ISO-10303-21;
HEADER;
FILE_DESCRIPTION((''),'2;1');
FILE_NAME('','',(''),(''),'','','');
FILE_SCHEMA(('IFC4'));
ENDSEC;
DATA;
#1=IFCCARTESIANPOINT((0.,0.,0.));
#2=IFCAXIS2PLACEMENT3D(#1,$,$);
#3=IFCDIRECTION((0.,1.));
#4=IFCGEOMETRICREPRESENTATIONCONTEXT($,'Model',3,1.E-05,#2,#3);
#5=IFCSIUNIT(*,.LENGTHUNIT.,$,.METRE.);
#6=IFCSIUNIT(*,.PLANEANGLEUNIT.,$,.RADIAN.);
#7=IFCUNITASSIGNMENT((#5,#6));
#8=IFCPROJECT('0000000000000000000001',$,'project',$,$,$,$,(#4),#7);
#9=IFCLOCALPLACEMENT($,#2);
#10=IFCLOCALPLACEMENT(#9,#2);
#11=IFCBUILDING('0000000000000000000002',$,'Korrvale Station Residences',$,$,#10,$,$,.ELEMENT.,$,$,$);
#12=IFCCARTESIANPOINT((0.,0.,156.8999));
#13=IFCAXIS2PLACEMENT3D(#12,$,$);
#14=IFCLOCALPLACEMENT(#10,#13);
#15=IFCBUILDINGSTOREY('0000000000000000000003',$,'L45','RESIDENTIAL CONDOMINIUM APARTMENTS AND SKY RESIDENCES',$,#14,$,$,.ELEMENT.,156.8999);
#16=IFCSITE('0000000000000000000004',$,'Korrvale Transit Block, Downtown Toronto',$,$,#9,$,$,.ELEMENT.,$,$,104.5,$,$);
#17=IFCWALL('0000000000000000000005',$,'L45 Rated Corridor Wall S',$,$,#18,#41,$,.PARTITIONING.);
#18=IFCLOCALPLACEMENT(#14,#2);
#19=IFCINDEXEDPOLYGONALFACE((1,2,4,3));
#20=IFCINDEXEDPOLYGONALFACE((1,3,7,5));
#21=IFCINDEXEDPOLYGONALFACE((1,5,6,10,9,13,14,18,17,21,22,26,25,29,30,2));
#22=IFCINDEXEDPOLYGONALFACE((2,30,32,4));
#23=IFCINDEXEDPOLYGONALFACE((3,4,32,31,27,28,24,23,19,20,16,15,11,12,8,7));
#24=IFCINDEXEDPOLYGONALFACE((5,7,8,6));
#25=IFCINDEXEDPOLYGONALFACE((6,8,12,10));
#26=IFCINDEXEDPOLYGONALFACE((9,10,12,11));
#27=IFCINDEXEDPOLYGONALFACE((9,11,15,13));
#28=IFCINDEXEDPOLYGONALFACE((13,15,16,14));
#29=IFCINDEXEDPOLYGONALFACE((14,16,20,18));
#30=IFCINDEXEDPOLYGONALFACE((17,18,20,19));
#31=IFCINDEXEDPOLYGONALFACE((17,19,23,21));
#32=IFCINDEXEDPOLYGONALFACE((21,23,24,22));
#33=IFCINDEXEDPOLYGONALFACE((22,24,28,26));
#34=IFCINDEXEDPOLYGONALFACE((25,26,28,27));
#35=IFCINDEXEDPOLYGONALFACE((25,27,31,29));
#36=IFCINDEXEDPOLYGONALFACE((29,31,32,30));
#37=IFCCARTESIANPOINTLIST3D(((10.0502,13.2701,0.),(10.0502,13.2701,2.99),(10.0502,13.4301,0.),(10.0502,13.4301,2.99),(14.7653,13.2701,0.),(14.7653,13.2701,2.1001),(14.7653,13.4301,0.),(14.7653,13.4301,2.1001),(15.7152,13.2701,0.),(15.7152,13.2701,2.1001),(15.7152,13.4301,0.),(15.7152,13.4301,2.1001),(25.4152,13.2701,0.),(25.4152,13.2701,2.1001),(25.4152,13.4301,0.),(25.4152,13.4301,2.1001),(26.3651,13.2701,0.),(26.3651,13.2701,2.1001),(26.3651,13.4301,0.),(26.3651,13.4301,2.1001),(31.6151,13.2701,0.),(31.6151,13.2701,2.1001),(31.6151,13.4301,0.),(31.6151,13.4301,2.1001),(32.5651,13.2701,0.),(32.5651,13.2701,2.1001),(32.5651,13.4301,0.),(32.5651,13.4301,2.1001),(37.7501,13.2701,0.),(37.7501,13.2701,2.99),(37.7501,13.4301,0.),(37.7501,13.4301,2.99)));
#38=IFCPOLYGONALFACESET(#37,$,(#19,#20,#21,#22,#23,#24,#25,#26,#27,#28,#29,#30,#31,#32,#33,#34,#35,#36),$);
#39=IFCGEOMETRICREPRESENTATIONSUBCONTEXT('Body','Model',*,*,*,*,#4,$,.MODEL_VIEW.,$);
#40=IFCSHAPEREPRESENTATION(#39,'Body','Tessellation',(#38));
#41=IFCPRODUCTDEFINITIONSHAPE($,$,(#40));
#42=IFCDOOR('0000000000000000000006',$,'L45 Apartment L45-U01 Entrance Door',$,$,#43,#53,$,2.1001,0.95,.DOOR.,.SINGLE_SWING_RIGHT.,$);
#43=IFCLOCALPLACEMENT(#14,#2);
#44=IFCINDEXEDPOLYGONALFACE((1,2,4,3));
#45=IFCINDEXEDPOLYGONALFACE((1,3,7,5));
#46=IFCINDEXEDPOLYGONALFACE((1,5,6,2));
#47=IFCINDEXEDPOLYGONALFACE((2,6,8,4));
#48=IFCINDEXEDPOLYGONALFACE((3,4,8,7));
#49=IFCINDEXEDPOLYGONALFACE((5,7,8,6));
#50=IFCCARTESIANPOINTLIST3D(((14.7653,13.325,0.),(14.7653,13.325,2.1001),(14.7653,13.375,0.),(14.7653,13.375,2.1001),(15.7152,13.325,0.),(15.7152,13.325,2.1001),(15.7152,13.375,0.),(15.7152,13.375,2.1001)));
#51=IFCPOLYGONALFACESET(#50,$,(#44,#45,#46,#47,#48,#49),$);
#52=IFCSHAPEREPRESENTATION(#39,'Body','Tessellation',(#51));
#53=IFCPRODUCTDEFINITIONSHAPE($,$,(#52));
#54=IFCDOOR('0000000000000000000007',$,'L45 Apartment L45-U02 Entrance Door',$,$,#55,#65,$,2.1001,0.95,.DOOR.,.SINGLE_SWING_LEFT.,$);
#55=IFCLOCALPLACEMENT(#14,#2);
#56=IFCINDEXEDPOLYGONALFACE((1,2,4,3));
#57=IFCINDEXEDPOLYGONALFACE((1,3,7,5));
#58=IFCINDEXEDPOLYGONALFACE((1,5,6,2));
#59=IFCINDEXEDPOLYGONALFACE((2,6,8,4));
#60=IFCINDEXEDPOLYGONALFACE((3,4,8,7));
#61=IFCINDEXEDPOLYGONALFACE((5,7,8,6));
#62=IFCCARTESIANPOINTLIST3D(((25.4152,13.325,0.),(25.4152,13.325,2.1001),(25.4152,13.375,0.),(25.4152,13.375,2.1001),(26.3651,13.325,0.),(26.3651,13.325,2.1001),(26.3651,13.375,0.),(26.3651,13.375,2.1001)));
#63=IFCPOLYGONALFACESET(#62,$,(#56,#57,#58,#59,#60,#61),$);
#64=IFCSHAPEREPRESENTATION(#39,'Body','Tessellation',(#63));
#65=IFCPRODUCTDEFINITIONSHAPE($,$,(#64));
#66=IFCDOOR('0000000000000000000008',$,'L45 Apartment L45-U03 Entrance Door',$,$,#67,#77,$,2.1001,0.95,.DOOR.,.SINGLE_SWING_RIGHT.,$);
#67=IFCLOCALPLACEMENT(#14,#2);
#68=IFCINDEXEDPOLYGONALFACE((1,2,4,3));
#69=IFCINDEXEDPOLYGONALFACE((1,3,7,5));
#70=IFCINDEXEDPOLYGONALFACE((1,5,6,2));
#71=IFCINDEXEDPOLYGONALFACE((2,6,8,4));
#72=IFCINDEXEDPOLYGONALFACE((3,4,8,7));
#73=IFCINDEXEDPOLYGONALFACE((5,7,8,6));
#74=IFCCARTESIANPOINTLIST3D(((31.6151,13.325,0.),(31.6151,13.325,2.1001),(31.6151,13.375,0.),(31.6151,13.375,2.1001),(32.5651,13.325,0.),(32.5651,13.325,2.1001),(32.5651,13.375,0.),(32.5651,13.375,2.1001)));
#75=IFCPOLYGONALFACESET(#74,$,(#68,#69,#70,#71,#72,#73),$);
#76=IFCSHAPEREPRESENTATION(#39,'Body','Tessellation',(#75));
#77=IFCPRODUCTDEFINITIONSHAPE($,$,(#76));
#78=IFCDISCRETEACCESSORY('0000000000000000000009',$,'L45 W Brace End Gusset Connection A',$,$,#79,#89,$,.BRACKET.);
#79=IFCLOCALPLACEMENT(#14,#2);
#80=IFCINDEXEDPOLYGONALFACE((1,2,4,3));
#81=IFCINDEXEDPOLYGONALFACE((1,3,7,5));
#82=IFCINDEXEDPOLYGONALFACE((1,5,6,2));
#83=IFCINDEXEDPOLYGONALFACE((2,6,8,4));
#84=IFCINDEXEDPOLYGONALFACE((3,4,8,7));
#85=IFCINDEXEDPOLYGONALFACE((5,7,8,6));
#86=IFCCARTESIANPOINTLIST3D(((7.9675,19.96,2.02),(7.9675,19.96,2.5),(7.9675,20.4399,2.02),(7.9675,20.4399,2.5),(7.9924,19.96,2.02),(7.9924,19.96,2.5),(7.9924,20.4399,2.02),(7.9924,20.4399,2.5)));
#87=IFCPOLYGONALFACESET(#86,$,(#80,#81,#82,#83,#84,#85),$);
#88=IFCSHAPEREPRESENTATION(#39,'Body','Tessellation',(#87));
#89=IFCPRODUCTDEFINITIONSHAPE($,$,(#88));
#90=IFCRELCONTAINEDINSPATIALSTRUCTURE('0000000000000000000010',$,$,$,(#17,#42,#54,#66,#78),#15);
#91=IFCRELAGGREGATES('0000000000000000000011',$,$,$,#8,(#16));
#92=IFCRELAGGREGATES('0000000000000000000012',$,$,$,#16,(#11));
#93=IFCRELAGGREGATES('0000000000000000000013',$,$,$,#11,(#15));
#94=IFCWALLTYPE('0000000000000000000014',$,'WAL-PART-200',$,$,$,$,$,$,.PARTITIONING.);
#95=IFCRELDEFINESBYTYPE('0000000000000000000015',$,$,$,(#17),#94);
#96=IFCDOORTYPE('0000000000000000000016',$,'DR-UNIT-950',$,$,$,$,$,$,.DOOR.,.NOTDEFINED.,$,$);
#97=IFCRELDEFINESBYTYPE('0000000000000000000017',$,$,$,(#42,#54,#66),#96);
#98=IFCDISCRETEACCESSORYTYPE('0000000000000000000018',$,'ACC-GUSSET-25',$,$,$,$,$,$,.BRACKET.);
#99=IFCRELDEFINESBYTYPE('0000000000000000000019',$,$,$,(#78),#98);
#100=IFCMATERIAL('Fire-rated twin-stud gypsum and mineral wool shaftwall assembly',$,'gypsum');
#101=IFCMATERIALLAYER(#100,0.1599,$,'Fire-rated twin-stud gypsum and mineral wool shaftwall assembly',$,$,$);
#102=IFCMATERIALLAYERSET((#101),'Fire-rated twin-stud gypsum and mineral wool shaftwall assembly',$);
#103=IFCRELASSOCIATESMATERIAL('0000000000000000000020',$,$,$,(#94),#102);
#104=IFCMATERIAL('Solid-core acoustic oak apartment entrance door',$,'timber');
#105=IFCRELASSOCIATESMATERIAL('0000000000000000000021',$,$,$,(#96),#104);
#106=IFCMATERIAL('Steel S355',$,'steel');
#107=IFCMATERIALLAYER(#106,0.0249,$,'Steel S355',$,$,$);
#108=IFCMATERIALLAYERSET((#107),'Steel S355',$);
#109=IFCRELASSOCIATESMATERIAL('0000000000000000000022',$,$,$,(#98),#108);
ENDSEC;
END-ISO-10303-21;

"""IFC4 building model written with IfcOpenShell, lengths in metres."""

from ifc_helpers import new_model, si_unit, direction, frame, frame_2d, origin, origin_2d, place, context, subcontext, project, spatial, rectangle, extrude, material, layer, layer_set, type_object, element, fill, save


model = new_model("IFC4")

# Units and contexts
model_context = context("Model", 3, precision=1e-05, world=origin(), true_north=direction((0.0, 1.0)))
body_context = subcontext(model_context, "Body", "Model", "MODEL_VIEW")
ifc_project = project(units=[si_unit("LENGTHUNIT", "METRE"), si_unit("PLANEANGLEUNIT", "RADIAN")], contexts=[model_context])

# Site, building, storey
site_placement = place(None, origin())
site = spatial("IfcSite", under=ifc_project, at=site_placement, Name="Korrvale Transit Block, Downtown Toronto", CompositionType="ELEMENT", RefElevation=104.5)
building_placement = place(site_placement, origin())
building = spatial("IfcBuilding", under=site, at=building_placement, Name="Korrvale Station Residences", CompositionType="ELEMENT")
storey_placement = place(building_placement, frame((0.0, 0.0, 156.8999)))
storey = spatial("IfcBuildingStorey", under=building, at=storey_placement, Name="L45", Description="RESIDENTIAL CONDOMINIUM APARTMENTS AND SKY RESIDENCES", CompositionType="ELEMENT", Elevation=156.8999)

# Shared definitions
ifc_material_1 = material(Name="Steel S355", Category="steel")

# Shared definitions
ifc_material_2 = material(Name="Fire-rated twin-stud gypsum and mineral wool shaftwall assembly", Category="gypsum")
ifc_layer_1 = layer(ifc_material_2, 0.1599, Name="Fire-rated twin-stud gypsum and mineral wool shaftwall assembly")
ifc_layer_set_1 = layer_set([ifc_layer_1], Name="Fire-rated twin-stud gypsum and mineral wool shaftwall assembly")
wall_type_1 = type_object("IfcWallType", Name="WAL-PART-200", PredefinedType="PARTITIONING", material=ifc_layer_set_1)

# Wall, openings, doors
wall_1_placement = place(storey_placement, frame((10.05, 13.3501, 0.0), z_axis=(0.0, 0.0, 1.0), x_axis=(1.0, 0.0, 0.0)))
wall_1 = element("IfcWall", 1, at=wall_1_placement, inside=storey, type_object=wall_type_1, Name="L45 Rated Corridor Wall S", PredefinedType="PARTITIONING", context=body_context, shape_type="SweptSolid", body=[
    extrude(rectangle(XDim=27.7, YDim=0.1599, at=frame_2d((13.8501, 0.0))), origin(), (0.0, 0.0, 1.0), 2.99),
])
opening_1_placement = place(wall_1_placement, frame((4.7151, 0.0, 0.0)))
opening_1 = element("IfcOpeningElement", 2, at=opening_1_placement, cuts=wall_1, PredefinedType="OPENING", context=body_context, shape_type="SweptSolid", body=[
    extrude(rectangle(XDim=0.95, YDim=2.1001, at=frame_2d((0.4751, 1.05))), frame((0.0, 0.0898, 0.0), z_axis=(0.0, -1.0, 0.0), x_axis=(1.0, 0.0, 0.0)), (0.0, 0.0, 1.0), 0.1799),
])
opening_2_placement = place(wall_1_placement, frame((15.365, 0.0, 0.0)))
opening_2 = element("IfcOpeningElement", 3, at=opening_2_placement, cuts=wall_1, PredefinedType="OPENING", context=body_context, shape_type="SweptSolid", body=[
    extrude(rectangle(XDim=0.95, YDim=2.1001, at=frame_2d((0.4751, 1.05))), frame((0.0, 0.0898, 0.0), z_axis=(0.0, -1.0, 0.0), x_axis=(1.0, 0.0, 0.0)), (0.0, 0.0, 1.0), 0.1799),
])
opening_3_placement = place(wall_1_placement, frame((21.5649, 0.0, 0.0)))
opening_3 = element("IfcOpeningElement", 4, at=opening_3_placement, cuts=wall_1, PredefinedType="OPENING", context=body_context, shape_type="SweptSolid", body=[
    extrude(rectangle(XDim=0.95, YDim=2.1001, at=frame_2d((0.4751, 1.05))), frame((0.0, 0.0898, 0.0), z_axis=(0.0, -1.0, 0.0), x_axis=(1.0, 0.0, 0.0)), (0.0, 0.0, 1.0), 0.1799),
])
ifc_material_3 = material(Name="Solid-core acoustic oak apartment entrance door", Category="timber")
door_type_1 = type_object("IfcDoorType", Name="DR-UNIT-950", OperationType="NOTDEFINED", PredefinedType="DOOR", material=ifc_material_3)
door_1_placement = place(opening_1_placement, origin())
door_1 = element("IfcDoor", 5, at=door_1_placement, inside=storey, type_object=door_type_1, Name="L45 Apartment L45-U01 Entrance Door", OperationType="SINGLE_SWING_RIGHT", OverallHeight=2.1001, OverallWidth=0.95, PredefinedType="DOOR", context=body_context, shape_type="SweptSolid", body=[
    extrude(rectangle(XDim=0.95, YDim=2.1001, at=frame_2d((0.4751, 1.05))), frame((0.0, 0.0249, 0.0), z_axis=(0.0, -1.0, 0.0), x_axis=(1.0, 0.0, 0.0)), (0.0, 0.0, 1.0), 0.05),
])
fill(opening_1, door_1)
door_2_placement = place(opening_2_placement, origin())
door_2 = element("IfcDoor", 6, at=door_2_placement, inside=storey, type_object=door_type_1, Name="L45 Apartment L45-U02 Entrance Door", OperationType="SINGLE_SWING_LEFT", OverallHeight=2.1001, OverallWidth=0.95, PredefinedType="DOOR", context=body_context, shape_type="SweptSolid", body=[
    extrude(rectangle(XDim=0.95, YDim=2.1001, at=frame_2d((0.4751, 1.05))), frame((0.0, 0.0249, 0.0), z_axis=(0.0, -1.0, 0.0), x_axis=(1.0, 0.0, 0.0)), (0.0, 0.0, 1.0), 0.05),
])
fill(opening_2, door_2)
door_3_placement = place(opening_3_placement, origin())
door_3 = element("IfcDoor", 7, at=door_3_placement, inside=storey, type_object=door_type_1, Name="L45 Apartment L45-U03 Entrance Door", OperationType="SINGLE_SWING_RIGHT", OverallHeight=2.1001, OverallWidth=0.95, PredefinedType="DOOR", context=body_context, shape_type="SweptSolid", body=[
    extrude(rectangle(XDim=0.95, YDim=2.1001, at=frame_2d((0.4751, 1.05))), frame((0.0, 0.0249, 0.0), z_axis=(0.0, -1.0, 0.0), x_axis=(1.0, 0.0, 0.0)), (0.0, 0.0, 1.0), 0.05),
])
fill(opening_3, door_3)

# Discrete accessory
ifc_layer_2 = layer(ifc_material_1, 0.0249, Name="Steel S355")
ifc_layer_set_2 = layer_set([ifc_layer_2], Name="Steel S355")
discrete_accessory_type = type_object("IfcDiscreteAccessoryType", Name="ACC-GUSSET-25", PredefinedType="BRACKET", material=ifc_layer_set_2)
discrete_accessory_placement = place(storey_placement, frame((7.98, 20.2, 2.02), z_axis=(0.0, 0.0, 1.0), x_axis=(0.0, 1.0, 0.0)))
element("IfcDiscreteAccessory", 8, at=discrete_accessory_placement, inside=storey, type_object=discrete_accessory_type, Name="L45 W Brace End Gusset Connection A", PredefinedType="BRACKET", context=body_context, shape_type="SweptSolid", body=[
    extrude(rectangle(XDim=0.48, YDim=0.0249, at=origin_2d()), origin(), (0.0, 0.0, 1.0), 0.48),
])

save(model, "model.ifc")
